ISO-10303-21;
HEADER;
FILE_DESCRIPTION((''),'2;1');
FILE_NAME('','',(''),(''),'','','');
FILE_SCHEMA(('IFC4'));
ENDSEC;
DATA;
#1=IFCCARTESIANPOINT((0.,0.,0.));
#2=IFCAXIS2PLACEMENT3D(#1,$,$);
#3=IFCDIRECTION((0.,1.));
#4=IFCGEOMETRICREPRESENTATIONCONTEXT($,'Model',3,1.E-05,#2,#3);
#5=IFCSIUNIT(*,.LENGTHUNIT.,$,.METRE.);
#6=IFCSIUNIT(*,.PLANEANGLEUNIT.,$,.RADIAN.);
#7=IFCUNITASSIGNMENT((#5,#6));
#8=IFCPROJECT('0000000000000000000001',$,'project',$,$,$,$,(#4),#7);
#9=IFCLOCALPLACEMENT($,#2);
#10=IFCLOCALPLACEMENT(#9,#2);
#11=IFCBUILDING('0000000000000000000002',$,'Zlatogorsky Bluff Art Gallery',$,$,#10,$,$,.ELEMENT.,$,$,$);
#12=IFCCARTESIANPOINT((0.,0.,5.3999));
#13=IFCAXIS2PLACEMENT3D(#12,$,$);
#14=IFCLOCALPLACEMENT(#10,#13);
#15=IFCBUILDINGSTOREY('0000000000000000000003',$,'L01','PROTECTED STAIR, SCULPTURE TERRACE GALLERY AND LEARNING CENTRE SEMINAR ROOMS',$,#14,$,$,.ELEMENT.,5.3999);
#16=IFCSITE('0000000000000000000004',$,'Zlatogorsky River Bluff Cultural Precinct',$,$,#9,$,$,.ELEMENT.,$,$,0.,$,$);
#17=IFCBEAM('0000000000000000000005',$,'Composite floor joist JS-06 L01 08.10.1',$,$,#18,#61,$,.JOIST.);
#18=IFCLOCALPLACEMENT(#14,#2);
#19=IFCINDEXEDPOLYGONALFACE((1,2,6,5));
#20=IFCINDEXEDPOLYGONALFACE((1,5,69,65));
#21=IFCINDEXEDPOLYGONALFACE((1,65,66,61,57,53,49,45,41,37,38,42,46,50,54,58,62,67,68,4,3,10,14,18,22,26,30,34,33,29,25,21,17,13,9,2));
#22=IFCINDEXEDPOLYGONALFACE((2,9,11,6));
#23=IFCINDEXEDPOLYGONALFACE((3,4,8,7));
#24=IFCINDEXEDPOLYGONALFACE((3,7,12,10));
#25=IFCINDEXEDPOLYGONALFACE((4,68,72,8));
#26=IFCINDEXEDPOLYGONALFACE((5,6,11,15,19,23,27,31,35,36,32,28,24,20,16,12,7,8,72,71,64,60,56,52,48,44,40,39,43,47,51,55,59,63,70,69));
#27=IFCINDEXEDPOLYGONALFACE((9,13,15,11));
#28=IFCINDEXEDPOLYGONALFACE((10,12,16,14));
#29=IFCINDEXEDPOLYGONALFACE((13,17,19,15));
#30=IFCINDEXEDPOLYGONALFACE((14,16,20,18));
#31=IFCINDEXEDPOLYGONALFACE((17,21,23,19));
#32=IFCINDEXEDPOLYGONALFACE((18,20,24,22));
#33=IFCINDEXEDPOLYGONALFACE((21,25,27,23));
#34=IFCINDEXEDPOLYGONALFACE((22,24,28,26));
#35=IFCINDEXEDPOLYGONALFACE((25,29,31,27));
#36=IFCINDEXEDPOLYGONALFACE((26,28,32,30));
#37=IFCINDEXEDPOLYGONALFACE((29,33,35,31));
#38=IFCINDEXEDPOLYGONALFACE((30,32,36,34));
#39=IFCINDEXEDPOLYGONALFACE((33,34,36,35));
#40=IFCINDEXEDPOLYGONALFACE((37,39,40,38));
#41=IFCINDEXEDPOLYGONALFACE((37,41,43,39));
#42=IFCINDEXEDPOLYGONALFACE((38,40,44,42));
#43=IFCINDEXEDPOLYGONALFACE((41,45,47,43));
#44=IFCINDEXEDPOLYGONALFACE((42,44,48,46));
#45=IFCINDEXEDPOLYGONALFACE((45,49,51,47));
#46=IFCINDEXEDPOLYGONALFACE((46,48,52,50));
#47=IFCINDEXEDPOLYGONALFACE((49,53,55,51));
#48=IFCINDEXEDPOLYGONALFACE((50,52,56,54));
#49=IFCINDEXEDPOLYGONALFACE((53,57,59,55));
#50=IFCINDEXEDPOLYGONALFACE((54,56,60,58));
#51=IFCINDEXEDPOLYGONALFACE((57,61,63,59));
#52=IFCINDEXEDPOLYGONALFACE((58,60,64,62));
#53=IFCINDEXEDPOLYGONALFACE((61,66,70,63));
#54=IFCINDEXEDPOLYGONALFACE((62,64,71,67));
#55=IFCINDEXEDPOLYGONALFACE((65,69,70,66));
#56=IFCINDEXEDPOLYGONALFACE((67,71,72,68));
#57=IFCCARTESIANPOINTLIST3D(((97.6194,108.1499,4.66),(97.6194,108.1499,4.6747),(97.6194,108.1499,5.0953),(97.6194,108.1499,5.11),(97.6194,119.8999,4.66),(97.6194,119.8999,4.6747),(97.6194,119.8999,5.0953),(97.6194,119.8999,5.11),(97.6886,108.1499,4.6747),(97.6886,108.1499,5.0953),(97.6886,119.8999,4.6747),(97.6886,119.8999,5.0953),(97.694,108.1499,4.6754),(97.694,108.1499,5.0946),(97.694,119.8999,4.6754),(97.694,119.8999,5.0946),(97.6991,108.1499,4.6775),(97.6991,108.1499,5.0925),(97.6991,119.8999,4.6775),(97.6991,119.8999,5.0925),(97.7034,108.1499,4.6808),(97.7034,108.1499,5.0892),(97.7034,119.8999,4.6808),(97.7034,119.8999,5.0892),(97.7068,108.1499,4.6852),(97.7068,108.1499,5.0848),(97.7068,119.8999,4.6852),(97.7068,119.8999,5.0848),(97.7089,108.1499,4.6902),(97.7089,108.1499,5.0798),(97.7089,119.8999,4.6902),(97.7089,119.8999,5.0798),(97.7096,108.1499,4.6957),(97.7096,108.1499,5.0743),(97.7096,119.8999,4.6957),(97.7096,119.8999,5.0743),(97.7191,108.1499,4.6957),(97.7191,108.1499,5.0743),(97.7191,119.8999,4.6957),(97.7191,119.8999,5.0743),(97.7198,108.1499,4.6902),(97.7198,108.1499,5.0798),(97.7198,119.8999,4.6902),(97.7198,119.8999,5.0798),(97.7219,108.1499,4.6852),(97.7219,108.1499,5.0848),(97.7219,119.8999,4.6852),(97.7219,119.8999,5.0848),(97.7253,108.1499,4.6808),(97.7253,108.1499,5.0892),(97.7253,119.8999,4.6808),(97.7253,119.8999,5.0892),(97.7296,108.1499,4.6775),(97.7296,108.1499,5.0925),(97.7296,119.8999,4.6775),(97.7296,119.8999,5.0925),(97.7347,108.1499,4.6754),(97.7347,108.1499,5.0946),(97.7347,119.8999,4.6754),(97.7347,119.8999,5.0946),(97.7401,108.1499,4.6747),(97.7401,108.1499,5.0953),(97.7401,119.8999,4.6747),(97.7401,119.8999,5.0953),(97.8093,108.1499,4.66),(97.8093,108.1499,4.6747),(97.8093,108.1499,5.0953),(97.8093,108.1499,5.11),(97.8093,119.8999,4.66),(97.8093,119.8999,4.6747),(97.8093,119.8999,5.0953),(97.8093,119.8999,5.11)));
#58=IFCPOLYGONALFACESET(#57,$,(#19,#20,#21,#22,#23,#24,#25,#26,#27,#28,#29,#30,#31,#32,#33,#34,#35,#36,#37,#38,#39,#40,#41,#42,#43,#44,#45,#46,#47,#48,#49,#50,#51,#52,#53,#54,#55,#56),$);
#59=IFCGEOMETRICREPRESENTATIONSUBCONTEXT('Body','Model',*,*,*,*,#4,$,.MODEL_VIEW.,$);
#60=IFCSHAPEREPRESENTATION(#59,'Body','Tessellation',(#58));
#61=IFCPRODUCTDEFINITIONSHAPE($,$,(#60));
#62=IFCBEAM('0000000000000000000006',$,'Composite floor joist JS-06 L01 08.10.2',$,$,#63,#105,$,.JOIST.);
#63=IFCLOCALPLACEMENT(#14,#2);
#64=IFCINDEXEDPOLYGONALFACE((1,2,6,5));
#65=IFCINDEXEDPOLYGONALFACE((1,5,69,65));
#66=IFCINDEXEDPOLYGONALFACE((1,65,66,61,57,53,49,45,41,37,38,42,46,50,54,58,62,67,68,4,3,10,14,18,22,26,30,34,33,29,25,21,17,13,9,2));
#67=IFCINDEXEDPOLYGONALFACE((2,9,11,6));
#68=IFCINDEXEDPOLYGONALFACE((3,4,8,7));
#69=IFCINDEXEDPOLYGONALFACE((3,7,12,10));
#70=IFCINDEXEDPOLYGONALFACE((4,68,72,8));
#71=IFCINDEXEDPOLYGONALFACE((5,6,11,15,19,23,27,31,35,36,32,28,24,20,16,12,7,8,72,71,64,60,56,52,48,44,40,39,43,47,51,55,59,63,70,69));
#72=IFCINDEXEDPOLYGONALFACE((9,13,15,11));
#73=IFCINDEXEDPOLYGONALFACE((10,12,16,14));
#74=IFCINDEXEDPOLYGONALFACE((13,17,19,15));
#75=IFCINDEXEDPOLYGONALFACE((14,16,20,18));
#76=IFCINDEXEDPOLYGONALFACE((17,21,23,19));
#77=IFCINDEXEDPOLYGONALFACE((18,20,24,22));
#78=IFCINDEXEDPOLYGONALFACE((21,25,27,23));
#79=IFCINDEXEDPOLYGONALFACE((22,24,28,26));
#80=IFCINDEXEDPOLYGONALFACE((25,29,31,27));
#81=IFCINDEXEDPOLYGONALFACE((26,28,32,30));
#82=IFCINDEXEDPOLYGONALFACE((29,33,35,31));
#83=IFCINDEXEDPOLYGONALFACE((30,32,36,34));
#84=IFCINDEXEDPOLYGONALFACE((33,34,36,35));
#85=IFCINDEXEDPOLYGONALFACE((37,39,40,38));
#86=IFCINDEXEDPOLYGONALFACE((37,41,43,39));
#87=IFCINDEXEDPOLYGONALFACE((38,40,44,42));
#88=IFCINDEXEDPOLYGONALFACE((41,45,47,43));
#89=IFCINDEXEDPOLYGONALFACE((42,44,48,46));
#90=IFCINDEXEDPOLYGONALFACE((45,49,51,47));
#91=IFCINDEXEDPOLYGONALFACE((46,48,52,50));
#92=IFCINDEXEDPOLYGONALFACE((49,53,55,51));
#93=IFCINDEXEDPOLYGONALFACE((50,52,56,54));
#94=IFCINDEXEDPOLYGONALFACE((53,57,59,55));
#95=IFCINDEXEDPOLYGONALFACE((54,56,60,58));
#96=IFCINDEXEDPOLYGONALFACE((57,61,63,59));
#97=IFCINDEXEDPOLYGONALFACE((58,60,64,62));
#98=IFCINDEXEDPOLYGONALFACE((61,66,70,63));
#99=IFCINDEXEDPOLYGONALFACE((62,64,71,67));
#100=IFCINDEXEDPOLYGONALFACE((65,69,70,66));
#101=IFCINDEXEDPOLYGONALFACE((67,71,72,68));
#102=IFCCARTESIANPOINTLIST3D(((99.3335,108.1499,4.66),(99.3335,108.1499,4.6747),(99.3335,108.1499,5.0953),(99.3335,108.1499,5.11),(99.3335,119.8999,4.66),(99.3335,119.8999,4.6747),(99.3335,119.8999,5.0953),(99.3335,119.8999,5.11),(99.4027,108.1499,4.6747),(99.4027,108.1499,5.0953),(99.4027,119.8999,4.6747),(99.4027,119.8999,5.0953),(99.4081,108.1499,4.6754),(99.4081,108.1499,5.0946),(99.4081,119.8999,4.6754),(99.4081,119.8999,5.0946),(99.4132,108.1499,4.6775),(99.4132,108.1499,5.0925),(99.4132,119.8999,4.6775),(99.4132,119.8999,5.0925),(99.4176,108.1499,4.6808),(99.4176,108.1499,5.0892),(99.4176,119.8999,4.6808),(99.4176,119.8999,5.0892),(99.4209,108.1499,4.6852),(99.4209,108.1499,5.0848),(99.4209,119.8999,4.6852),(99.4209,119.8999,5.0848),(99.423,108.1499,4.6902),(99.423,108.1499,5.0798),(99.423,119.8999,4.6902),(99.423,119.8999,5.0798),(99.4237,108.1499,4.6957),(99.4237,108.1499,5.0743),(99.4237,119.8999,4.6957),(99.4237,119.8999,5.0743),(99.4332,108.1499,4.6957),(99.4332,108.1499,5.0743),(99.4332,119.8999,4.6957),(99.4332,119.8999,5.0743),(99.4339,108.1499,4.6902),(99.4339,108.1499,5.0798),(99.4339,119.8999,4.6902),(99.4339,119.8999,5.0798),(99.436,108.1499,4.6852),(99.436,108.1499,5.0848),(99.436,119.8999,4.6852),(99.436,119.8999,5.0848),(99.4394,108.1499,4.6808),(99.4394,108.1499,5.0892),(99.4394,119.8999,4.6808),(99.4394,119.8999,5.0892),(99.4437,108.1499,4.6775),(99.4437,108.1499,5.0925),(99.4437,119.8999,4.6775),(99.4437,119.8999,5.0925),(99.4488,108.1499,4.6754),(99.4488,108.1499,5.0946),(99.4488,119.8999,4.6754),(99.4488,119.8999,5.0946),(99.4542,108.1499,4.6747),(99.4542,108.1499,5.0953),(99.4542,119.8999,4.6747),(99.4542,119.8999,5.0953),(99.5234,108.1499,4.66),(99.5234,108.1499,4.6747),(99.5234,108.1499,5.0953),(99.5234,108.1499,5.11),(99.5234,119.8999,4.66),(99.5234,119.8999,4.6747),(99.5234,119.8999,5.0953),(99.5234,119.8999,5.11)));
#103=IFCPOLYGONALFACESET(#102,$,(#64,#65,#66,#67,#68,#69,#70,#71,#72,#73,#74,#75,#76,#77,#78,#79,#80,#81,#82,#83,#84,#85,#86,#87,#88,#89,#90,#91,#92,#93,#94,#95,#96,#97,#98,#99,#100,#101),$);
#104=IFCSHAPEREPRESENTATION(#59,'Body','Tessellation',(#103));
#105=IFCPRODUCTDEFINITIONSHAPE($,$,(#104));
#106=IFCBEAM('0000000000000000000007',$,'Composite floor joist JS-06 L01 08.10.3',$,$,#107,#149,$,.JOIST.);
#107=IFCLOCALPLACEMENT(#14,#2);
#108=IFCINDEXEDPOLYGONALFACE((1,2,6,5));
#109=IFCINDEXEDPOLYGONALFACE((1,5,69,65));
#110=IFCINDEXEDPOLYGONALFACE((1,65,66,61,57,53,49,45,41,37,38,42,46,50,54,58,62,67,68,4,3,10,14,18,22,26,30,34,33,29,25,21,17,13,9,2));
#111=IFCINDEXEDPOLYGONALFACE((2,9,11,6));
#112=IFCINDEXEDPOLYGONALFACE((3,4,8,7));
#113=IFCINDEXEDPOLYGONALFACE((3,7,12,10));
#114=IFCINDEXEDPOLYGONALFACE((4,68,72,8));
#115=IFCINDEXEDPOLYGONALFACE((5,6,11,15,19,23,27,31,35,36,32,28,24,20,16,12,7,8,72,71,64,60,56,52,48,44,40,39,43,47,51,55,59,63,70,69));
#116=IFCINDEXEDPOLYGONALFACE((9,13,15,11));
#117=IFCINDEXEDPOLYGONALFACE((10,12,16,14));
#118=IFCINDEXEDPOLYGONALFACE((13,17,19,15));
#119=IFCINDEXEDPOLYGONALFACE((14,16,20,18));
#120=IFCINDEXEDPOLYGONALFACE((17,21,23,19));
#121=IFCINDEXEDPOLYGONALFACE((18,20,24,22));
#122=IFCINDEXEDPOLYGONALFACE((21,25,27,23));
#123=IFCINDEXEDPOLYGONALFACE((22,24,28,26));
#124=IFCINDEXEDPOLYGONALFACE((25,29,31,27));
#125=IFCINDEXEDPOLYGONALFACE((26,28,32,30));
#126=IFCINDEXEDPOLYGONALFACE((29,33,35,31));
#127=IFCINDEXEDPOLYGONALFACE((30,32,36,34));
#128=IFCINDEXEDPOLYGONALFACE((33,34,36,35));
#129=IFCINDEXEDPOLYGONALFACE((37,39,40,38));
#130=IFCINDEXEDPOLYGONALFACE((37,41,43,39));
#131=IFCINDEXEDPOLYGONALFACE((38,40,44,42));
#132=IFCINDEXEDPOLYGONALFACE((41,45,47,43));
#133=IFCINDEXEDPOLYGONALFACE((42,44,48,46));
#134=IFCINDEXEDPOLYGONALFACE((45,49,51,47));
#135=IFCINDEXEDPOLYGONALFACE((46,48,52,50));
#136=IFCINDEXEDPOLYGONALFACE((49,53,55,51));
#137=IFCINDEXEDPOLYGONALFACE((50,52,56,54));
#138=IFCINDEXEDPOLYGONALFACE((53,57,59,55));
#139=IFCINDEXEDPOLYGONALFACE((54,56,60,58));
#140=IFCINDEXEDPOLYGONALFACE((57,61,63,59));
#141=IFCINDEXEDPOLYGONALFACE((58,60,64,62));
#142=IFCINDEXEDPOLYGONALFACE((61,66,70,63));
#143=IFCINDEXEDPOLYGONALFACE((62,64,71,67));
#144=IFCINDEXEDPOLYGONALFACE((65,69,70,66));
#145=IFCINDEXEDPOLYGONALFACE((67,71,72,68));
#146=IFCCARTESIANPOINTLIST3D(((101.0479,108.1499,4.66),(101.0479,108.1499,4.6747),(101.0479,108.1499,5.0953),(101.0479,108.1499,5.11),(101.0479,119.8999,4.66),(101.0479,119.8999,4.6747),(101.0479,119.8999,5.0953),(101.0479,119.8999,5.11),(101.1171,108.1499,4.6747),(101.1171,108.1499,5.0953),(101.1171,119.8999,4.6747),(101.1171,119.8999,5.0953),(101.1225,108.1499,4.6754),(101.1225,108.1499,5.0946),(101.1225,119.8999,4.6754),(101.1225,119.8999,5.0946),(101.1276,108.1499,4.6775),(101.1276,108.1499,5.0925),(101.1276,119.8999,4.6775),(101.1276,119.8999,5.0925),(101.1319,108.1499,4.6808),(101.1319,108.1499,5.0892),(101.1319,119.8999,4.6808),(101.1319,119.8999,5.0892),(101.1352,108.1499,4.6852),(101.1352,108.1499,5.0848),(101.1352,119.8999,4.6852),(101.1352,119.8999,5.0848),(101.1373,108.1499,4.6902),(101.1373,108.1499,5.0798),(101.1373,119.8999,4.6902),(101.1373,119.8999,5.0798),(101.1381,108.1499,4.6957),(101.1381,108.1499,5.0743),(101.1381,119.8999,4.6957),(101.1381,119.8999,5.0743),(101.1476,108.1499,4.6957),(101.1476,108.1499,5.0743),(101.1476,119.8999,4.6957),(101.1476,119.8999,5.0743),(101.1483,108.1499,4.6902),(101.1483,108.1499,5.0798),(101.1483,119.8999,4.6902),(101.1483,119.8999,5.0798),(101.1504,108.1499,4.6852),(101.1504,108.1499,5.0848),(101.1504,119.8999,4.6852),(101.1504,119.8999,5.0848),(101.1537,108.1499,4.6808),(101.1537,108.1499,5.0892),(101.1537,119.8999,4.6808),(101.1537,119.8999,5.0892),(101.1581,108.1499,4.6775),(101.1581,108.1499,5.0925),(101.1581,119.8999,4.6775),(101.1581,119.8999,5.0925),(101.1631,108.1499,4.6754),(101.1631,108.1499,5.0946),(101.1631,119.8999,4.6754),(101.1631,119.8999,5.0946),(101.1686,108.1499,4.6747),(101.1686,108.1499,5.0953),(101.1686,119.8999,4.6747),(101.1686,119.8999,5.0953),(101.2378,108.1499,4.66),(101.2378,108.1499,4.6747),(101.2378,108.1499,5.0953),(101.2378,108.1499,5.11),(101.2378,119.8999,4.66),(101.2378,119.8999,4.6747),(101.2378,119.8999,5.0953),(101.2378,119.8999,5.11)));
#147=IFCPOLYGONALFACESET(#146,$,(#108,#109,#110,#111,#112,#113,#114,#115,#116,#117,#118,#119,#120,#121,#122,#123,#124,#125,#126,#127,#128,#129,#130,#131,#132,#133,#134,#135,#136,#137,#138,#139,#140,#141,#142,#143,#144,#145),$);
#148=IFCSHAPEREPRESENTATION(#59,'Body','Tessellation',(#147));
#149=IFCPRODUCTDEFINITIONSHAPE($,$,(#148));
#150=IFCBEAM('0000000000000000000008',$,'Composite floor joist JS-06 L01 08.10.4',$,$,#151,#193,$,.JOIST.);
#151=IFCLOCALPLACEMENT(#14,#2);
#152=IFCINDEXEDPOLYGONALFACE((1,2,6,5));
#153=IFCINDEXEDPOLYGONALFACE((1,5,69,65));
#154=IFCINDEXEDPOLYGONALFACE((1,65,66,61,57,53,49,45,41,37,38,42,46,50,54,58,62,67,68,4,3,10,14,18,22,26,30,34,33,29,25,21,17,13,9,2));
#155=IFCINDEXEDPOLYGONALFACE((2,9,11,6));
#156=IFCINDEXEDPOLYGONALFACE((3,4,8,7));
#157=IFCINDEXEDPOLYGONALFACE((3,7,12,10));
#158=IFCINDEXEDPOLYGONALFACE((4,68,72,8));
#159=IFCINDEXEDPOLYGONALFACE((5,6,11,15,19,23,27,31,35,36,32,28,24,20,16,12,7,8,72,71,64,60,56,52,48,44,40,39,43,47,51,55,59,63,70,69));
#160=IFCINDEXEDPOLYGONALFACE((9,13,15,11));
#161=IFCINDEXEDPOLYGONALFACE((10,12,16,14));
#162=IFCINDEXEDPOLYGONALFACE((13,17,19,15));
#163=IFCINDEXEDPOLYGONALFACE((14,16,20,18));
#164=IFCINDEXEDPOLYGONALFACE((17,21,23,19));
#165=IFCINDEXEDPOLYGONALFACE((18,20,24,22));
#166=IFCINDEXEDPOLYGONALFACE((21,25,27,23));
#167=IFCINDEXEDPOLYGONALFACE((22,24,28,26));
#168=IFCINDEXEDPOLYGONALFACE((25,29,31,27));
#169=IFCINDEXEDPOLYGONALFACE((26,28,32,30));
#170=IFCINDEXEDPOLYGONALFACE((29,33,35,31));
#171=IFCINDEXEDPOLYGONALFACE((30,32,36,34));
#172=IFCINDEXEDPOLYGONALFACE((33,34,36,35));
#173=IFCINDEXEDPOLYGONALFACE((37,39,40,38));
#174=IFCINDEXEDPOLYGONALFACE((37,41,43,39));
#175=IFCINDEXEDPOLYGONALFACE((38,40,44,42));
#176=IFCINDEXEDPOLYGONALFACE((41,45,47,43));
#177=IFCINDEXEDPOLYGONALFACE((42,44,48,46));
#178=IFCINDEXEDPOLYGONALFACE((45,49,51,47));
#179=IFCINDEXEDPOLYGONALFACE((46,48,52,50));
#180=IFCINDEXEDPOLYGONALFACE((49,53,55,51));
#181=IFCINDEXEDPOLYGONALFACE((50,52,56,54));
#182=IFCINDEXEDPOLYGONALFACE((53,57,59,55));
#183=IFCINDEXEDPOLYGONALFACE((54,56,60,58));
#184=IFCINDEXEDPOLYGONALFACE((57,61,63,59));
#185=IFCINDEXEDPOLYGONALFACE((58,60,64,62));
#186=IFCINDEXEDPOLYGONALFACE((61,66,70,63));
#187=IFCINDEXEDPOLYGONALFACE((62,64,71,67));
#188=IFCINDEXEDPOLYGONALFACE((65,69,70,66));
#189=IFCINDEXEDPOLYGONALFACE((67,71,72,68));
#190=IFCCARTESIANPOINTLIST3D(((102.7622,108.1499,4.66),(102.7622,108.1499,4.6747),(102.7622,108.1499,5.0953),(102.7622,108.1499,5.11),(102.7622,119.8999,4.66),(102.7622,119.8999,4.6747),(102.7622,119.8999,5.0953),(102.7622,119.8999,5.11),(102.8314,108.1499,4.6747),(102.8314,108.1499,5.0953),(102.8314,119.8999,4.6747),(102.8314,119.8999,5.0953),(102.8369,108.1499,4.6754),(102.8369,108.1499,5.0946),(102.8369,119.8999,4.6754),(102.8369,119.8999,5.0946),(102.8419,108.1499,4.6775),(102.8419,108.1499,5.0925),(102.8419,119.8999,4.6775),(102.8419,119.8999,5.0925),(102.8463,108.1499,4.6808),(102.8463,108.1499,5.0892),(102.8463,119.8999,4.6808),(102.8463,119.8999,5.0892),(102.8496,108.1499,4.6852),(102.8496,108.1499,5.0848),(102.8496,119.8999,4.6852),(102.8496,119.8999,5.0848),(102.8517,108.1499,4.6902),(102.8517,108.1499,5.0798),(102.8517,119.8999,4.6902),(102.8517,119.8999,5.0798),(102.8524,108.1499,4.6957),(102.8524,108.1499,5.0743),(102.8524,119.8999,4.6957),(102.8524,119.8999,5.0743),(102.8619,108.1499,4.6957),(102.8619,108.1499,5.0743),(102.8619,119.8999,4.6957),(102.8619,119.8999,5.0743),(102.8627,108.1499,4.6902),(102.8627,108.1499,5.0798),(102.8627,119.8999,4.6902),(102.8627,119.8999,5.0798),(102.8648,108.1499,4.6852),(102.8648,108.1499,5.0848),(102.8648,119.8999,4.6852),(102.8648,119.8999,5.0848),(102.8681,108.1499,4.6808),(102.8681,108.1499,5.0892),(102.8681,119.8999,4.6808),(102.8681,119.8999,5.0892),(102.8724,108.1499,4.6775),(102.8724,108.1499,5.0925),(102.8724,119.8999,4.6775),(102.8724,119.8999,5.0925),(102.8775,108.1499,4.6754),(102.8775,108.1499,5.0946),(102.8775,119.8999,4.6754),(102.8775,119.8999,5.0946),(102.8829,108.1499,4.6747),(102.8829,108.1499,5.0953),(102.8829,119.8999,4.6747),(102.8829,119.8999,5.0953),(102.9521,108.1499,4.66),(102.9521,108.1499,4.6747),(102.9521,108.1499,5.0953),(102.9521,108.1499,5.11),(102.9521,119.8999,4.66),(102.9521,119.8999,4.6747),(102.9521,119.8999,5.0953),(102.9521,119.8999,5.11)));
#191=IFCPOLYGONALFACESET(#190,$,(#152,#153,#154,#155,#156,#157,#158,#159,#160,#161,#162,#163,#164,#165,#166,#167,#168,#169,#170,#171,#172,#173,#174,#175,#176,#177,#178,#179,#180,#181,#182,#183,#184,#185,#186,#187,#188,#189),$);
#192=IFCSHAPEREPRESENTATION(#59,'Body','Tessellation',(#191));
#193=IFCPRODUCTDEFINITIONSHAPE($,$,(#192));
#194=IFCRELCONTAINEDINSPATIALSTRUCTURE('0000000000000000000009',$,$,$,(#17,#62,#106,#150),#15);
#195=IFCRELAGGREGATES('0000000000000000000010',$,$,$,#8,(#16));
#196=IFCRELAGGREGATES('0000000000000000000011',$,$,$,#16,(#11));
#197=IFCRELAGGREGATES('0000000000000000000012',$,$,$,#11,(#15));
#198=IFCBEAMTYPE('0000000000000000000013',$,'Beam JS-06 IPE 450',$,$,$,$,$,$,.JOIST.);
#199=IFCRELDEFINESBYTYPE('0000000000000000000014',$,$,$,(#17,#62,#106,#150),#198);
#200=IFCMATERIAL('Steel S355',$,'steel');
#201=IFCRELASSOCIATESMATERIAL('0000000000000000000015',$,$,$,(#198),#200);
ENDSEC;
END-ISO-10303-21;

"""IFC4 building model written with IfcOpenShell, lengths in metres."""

from ifc_helpers import new_model, si_unit, direction, frame, origin, origin_2d, place, context, subcontext, project, spatial, i_section, extrude, material, material_profile, profile_set, type_object, element, save


model = new_model("IFC4")

# Units and contexts
model_context = context("Model", 3, precision=1e-05, world=origin(), true_north=direction((0.0, 1.0)))
body_context = subcontext(model_context, "Body", "Model", "MODEL_VIEW")
ifc_project = project(units=[si_unit("LENGTHUNIT", "METRE"), si_unit("PLANEANGLEUNIT", "RADIAN")], contexts=[model_context])

# Site, building, storey
site_placement = place(None, origin())
site = spatial("IfcSite", under=ifc_project, at=site_placement, Name="Zlatogorsky River Bluff Cultural Precinct", CompositionType="ELEMENT", RefElevation=0.0)
building_placement = place(site_placement, origin())
building = spatial("IfcBuilding", under=site, at=building_placement, Name="Zlatogorsky Bluff Art Gallery", CompositionType="ELEMENT")
storey_placement = place(building_placement, frame((0.0, 0.0, 5.3999)))
storey = spatial("IfcBuildingStorey", under=building, at=storey_placement, Name="L01", Description="PROTECTED STAIR, SCULPTURE TERRACE GALLERY AND LEARNING CENTRE SEMINAR ROOMS", CompositionType="ELEMENT", Elevation=5.3999)

# Shared definitions
ifc_material_1 = material(Name="Steel S355", Category="steel")

# Beams
ifc_material_profile_1 = material_profile(ifc_material_1, i_section(OverallWidth=0.1899, OverallDepth=0.45, WebThickness=0.0095, FlangeThickness=0.0146, FilletRadius=0.021, at=origin_2d()), Name="IPE 450")
ifc_profile_set_1 = profile_set([ifc_material_profile_1], Name="Steel S355")
beam_type_1 = type_object("IfcBeamType", Name="Beam JS-06 IPE 450", PredefinedType="JOIST", material=ifc_profile_set_1)
for number, where, z_axis, x_axis, name in (
    (1, (97.7144, 108.1499, 4.885), (0.0, 1.0, 0.0), (-1.0, 0.0, 0.0), "Composite floor joist JS-06 L01 08.10.1"),
    (2, (99.4285, 108.1499, 4.885), (0.0, 1.0, 0.0), (-1.0, 0.0, 0.0), "Composite floor joist JS-06 L01 08.10.2"),
    (3, (101.1428, 108.1499, 4.885), (0.0, 1.0, 0.0), (-1.0, 0.0, 0.0), "Composite floor joist JS-06 L01 08.10.3"),
    (4, (102.8572, 108.1499, 4.885), (0.0, 1.0, 0.0), (-1.0, 0.0, 0.0), "Composite floor joist JS-06 L01 08.10.4"),
):
    element("IfcBeam", number, at=place(storey_placement, frame(where, z_axis=z_axis, x_axis=x_axis)), inside=storey, type_object=beam_type_1, Name=name, PredefinedType="JOIST", context=body_context, shape_type="SweptSolid", body=[
        extrude(i_section(OverallWidth=0.1899, OverallDepth=0.45, WebThickness=0.0095, FlangeThickness=0.0146, FilletRadius=0.021, at=origin_2d()), origin(), (0.0, 0.0, 1.0), 11.75),
    ])

save(model, "model.ifc")
